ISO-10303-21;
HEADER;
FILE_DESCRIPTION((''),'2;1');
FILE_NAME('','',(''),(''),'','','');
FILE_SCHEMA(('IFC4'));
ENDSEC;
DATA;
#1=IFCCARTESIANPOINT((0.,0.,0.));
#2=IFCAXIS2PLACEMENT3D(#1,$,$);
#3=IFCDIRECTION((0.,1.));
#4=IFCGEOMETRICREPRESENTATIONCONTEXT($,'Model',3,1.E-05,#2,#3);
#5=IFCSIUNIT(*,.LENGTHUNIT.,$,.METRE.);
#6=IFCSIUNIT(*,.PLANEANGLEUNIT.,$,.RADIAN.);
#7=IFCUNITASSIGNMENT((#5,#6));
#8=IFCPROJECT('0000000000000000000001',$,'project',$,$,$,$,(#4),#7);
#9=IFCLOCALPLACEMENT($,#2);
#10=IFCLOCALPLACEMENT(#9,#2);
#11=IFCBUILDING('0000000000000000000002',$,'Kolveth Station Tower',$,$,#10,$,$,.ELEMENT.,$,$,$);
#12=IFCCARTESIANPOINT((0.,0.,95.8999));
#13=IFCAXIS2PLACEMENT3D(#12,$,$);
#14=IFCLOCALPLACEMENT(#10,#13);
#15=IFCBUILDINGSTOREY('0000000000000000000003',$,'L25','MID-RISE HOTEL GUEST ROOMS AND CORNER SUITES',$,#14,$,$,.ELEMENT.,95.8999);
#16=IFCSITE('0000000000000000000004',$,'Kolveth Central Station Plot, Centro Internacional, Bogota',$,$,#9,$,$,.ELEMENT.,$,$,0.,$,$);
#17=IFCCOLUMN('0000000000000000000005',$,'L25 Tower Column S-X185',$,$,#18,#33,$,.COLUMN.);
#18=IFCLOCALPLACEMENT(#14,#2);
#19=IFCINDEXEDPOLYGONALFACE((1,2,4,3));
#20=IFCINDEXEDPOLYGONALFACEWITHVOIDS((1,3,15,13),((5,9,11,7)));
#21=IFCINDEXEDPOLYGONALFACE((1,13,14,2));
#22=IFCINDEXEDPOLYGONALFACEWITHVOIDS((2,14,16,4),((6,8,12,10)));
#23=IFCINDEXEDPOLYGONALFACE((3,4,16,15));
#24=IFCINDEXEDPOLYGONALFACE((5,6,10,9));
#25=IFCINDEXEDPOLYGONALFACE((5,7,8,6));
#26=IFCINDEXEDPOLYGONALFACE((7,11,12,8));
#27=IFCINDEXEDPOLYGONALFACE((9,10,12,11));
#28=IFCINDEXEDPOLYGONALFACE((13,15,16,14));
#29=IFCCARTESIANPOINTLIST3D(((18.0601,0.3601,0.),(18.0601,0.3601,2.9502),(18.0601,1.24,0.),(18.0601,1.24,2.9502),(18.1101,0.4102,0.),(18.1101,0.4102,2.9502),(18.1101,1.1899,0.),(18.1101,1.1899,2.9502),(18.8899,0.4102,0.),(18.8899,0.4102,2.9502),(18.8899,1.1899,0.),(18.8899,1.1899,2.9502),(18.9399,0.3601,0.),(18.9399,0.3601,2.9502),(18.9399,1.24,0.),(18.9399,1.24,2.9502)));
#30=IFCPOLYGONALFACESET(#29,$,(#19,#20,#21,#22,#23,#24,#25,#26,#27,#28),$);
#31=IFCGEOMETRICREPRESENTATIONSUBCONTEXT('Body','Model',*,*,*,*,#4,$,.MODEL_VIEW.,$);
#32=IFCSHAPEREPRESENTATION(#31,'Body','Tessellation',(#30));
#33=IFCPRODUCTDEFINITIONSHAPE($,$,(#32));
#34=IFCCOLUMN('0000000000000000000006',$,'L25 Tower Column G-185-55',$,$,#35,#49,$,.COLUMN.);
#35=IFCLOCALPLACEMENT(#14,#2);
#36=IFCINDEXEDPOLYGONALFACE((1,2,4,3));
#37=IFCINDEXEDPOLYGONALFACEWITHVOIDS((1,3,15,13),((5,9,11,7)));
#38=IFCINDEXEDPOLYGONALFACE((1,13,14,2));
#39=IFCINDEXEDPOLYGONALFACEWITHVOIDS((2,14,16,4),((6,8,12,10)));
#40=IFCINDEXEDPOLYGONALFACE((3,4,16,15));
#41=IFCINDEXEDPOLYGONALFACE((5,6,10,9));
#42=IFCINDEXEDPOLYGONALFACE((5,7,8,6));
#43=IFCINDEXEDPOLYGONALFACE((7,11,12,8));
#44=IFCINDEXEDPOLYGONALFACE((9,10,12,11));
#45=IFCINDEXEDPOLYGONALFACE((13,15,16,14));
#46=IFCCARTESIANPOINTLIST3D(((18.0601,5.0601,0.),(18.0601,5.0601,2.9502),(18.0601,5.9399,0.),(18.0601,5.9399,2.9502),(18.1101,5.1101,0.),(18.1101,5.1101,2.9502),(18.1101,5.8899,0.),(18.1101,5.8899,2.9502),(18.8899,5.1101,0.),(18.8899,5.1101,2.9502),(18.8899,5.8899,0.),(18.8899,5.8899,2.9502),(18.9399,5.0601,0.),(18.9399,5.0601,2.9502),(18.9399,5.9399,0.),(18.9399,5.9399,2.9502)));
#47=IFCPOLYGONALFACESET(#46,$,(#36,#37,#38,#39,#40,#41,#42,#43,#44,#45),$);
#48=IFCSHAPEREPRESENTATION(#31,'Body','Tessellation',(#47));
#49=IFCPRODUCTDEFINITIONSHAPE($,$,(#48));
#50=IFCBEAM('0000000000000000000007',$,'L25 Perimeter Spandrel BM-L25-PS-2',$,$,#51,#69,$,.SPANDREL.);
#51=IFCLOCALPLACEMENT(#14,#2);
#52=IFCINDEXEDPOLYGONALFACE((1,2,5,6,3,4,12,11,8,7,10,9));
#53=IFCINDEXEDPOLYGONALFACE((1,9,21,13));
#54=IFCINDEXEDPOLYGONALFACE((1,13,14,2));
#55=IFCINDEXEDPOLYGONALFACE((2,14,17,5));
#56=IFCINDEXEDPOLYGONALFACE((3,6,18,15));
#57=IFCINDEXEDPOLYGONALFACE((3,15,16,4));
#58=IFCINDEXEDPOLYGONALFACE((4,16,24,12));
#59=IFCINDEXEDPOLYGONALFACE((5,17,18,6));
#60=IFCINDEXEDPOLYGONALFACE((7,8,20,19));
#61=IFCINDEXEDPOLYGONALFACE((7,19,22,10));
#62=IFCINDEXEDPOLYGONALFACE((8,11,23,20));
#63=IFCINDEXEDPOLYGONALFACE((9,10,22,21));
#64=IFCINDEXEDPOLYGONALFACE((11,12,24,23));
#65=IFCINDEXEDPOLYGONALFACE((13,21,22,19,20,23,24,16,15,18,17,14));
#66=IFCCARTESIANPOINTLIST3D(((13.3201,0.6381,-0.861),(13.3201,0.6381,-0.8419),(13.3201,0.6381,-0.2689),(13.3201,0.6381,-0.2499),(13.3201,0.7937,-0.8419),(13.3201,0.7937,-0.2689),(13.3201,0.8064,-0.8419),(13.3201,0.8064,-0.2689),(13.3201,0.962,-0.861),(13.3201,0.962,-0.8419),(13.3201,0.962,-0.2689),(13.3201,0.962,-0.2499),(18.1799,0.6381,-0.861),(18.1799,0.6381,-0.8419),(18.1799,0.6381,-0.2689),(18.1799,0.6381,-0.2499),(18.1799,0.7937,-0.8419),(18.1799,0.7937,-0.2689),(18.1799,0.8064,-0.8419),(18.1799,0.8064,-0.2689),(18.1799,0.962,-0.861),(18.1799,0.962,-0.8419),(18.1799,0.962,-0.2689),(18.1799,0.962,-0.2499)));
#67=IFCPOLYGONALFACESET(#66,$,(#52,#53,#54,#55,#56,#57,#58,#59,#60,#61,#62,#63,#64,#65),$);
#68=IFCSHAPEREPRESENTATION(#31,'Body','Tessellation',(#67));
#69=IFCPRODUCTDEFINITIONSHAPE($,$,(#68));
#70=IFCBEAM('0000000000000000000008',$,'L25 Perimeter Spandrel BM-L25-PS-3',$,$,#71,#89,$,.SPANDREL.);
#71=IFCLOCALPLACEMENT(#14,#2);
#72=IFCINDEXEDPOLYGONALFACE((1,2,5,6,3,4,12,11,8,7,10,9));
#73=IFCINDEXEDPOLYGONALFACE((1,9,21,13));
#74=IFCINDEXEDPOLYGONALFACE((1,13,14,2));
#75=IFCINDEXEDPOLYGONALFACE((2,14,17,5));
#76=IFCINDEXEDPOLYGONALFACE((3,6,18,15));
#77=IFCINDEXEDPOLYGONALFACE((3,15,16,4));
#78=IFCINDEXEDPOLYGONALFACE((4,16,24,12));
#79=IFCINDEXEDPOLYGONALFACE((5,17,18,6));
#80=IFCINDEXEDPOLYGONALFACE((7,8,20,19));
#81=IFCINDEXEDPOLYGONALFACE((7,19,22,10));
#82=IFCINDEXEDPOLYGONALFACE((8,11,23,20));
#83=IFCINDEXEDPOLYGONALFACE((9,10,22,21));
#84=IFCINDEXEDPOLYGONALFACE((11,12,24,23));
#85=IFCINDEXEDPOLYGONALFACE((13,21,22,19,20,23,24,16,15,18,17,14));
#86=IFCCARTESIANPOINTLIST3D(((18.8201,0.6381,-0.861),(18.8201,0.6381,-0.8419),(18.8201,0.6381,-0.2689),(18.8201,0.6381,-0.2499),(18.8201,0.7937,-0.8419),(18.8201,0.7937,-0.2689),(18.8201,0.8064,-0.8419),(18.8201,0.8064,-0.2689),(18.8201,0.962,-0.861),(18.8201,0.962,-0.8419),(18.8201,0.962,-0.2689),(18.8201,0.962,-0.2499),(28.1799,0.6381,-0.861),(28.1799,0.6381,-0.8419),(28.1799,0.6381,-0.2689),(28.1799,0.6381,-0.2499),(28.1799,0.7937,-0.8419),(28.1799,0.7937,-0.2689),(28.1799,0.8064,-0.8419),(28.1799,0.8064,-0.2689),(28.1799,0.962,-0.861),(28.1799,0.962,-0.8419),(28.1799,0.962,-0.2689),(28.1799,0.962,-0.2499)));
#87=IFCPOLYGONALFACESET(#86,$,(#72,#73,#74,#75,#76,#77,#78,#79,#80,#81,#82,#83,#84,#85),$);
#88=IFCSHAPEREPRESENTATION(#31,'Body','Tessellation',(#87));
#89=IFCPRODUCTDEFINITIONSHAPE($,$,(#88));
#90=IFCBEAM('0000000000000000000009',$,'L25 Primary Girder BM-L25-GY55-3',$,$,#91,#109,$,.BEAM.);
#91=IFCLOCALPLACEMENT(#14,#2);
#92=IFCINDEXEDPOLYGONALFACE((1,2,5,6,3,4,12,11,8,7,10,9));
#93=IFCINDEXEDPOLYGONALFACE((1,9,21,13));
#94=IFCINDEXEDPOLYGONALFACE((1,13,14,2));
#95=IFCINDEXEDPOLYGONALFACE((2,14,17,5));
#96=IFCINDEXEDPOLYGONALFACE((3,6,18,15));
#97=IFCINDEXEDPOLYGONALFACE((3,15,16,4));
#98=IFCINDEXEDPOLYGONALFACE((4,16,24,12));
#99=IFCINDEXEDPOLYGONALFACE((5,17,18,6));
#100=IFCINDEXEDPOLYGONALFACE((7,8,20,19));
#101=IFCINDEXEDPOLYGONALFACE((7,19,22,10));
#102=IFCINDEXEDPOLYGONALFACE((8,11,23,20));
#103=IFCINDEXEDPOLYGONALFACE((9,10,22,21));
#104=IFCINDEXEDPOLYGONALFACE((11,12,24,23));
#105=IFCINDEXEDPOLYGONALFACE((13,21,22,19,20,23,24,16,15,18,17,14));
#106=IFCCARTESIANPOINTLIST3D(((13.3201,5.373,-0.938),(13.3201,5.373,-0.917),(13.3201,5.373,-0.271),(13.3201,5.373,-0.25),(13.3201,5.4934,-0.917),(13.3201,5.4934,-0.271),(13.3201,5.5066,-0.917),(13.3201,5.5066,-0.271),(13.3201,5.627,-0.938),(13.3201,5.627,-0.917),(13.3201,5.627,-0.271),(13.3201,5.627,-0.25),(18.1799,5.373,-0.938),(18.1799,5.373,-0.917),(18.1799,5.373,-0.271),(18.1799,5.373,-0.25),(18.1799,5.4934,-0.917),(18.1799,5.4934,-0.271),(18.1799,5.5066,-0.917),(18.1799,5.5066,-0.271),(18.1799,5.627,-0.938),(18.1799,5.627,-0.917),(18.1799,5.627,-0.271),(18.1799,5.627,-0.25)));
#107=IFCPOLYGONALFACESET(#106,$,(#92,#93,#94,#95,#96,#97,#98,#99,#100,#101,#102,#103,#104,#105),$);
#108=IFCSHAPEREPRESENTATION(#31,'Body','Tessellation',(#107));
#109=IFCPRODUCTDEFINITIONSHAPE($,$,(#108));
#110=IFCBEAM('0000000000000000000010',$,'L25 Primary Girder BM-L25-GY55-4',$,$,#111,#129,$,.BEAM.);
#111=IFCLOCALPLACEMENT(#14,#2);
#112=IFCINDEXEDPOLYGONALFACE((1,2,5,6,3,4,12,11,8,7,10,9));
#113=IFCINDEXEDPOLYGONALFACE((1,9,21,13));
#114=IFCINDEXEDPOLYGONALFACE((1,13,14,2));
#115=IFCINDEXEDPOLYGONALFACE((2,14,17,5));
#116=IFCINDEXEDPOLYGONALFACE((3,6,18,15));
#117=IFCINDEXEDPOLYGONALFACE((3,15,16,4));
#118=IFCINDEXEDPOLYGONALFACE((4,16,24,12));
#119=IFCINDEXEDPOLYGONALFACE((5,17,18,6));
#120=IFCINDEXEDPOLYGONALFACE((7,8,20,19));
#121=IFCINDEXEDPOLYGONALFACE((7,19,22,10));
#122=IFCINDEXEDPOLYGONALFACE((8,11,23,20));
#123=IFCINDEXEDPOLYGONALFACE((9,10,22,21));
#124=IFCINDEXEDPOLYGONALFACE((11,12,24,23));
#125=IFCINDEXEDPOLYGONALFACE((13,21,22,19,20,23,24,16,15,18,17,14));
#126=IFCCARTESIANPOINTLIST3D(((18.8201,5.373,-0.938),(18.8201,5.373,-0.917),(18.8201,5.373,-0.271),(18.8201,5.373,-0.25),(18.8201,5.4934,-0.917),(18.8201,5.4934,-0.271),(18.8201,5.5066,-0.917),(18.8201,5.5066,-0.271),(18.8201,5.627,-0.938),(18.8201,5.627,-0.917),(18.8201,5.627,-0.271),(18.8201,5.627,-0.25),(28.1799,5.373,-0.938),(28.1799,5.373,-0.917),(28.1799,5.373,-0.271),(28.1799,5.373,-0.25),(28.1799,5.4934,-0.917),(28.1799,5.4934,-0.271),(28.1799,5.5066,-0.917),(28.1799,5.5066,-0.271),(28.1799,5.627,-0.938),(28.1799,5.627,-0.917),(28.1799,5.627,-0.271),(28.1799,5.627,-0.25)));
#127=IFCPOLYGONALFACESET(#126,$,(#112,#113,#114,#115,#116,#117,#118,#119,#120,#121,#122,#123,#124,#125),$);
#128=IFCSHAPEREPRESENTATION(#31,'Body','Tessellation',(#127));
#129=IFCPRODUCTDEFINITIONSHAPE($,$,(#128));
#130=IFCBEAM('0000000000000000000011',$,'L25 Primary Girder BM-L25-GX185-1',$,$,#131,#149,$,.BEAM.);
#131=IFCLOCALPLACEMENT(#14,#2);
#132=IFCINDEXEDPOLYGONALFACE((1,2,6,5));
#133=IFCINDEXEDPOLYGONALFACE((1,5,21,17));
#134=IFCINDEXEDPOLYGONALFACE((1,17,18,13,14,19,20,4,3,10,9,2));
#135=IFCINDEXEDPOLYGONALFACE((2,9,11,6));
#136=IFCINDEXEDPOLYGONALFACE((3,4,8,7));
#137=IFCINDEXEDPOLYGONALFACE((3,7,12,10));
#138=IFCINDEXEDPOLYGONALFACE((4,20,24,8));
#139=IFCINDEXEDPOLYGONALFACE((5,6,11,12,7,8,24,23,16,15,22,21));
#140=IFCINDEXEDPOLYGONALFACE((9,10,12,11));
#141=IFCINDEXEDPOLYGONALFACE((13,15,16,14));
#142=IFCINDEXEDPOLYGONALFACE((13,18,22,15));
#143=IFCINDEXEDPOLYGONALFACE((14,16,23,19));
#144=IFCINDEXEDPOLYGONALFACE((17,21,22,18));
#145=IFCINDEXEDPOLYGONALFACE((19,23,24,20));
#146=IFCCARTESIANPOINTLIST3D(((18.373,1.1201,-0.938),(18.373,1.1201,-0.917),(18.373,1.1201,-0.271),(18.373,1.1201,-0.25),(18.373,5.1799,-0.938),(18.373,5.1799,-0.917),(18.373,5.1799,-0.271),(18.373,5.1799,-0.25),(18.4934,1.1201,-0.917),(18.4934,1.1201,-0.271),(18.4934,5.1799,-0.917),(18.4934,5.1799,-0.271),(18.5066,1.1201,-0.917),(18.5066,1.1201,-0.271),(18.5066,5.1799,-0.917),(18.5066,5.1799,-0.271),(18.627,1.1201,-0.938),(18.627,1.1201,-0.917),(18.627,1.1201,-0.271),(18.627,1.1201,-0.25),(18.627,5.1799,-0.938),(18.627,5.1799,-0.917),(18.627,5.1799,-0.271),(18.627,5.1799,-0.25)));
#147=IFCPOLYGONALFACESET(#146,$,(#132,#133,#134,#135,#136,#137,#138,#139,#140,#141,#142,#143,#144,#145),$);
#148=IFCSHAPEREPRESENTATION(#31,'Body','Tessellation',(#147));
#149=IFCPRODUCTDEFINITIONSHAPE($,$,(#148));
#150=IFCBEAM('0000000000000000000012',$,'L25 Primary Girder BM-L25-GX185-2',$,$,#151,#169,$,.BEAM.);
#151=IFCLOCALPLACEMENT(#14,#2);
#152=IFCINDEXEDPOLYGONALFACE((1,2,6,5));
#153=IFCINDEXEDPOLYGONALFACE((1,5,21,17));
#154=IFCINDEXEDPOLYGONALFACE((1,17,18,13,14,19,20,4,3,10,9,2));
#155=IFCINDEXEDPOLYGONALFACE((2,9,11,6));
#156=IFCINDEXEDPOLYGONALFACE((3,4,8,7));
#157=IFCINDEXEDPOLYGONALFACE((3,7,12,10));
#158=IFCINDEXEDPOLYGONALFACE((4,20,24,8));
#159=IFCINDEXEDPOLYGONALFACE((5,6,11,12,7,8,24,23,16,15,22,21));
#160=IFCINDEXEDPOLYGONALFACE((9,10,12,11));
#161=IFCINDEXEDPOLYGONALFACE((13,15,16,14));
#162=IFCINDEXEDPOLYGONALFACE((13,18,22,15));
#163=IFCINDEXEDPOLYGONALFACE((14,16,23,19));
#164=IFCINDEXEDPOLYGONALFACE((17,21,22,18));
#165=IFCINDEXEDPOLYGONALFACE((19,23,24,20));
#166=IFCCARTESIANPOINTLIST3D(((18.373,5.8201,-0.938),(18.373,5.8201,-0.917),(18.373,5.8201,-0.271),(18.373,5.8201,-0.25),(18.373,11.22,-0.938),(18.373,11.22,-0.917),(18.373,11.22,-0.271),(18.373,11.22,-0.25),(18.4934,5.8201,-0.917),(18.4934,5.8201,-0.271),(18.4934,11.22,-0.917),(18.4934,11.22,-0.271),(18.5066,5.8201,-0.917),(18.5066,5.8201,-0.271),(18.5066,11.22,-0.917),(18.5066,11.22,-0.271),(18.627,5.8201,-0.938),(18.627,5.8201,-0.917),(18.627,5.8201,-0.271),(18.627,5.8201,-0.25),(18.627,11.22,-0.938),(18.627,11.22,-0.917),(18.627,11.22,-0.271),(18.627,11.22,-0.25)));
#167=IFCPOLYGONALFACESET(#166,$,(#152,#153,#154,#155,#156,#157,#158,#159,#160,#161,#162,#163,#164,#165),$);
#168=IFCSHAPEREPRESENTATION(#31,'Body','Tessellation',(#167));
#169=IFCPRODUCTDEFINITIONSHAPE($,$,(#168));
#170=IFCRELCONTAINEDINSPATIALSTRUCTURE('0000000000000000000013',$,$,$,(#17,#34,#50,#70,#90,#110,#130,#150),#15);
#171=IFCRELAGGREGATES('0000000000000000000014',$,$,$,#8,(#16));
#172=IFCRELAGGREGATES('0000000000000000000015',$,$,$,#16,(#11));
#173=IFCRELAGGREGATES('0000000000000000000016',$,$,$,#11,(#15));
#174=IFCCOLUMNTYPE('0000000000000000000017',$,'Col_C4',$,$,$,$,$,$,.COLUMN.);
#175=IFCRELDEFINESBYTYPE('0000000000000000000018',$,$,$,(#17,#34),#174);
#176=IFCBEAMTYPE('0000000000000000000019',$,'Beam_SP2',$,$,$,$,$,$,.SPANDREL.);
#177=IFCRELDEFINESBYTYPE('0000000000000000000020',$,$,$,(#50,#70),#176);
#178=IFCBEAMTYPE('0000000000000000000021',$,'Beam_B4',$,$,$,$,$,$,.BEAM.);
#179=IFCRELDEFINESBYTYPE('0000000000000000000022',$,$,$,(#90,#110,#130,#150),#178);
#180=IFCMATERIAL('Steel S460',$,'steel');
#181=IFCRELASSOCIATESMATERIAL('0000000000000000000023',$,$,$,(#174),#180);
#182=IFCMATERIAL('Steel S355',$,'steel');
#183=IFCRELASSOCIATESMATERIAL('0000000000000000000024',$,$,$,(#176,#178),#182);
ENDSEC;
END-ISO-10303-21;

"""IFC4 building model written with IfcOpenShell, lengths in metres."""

from ifc_helpers import new_model, si_unit, direction, frame, origin, origin_2d, place, context, subcontext, project, spatial, hollow_rectangle, i_section, extrude, source, transform, mapped, material, material_profile, profile_set, type_object, element, save


model = new_model("IFC4")

# Units and contexts
model_context = context("Model", 3, precision=1e-05, world=origin(), true_north=direction((0.0, 1.0)))
body_context = subcontext(model_context, "Body", "Model", "MODEL_VIEW")
ifc_project = project(units=[si_unit("LENGTHUNIT", "METRE"), si_unit("PLANEANGLEUNIT", "RADIAN")], contexts=[model_context])

# Site, building, storey
site_placement = place(None, origin())
site = spatial("IfcSite", under=ifc_project, at=site_placement, Name="Kolveth Central Station Plot, Centro Internacional, Bogota", CompositionType="ELEMENT", RefElevation=0.0)
building_placement = place(site_placement, origin())
building = spatial("IfcBuilding", under=site, at=building_placement, Name="Kolveth Station Tower", CompositionType="ELEMENT")
storey_placement = place(building_placement, frame((0.0, 0.0, 95.8999)))
storey = spatial("IfcBuildingStorey", under=building, at=storey_placement, Name="L25", Description="MID-RISE HOTEL GUEST ROOMS AND CORNER SUITES", CompositionType="ELEMENT", Elevation=95.8999)

# Columns
ifc_material_1 = material(Name="Steel S460", Category="steel")
ifc_material_profile_1 = material_profile(ifc_material_1, hollow_rectangle(XDim=0.8799, YDim=0.8799, WallThickness=0.05, at=origin_2d()), Name="BOX880x880x50")
ifc_profile_set_1 = profile_set([ifc_material_profile_1], Name="Steel S460")
column_type = type_object("IfcColumnType", Name="Col_C4", PredefinedType="COLUMN", material=ifc_profile_set_1)
shared_shape_1 = source(origin(), body_context, "Body", "SweptSolid", [
    extrude(hollow_rectangle(XDim=0.8799, YDim=0.8799, WallThickness=0.05, at=origin_2d()), origin(), (0.0, 0.0, 1.0), 2.9502),
])
for number, where, z_axis, x_axis, name in (
    (1, (18.5, 0.8, 0.0), (0.0, 0.0, 1.0), (1.0, 0.0, 0.0), "L25 Tower Column S-X185"),
    (2, (18.5, 5.5, 0.0), (0.0, 0.0, 1.0), (1.0, 0.0, 0.0), "L25 Tower Column G-185-55"),
):
    element("IfcColumn", number, at=place(storey_placement, frame(where, z_axis=z_axis, x_axis=x_axis)), inside=storey, type_object=column_type, Name=name, PredefinedType="COLUMN", context=body_context, shape_type="MappedRepresentation", body=[
        mapped(shared_shape_1, transform((0.0, 0.0, 0.0), x_axis=(1.0, 0.0, 0.0), y_axis=(0.0, 1.0, 0.0), z_axis=(0.0, 0.0, 1.0), scale=1.0)),
    ])

# Beams
ifc_material_2 = material(Name="Steel S355", Category="steel")
ifc_material_profile_2 = material_profile(ifc_material_2, i_section(OverallWidth=0.324, OverallDepth=0.6111, WebThickness=0.0127, FlangeThickness=0.019, at=origin_2d()), Name="W610x155")
ifc_profile_set_2 = profile_set([ifc_material_profile_2], Name="Steel S355")
beam_type_1 = type_object("IfcBeamType", Name="Beam_SP2", PredefinedType="SPANDREL", material=ifc_profile_set_2)
shared_shape_2 = source(origin(), body_context, "Body", "SweptSolid", [
    extrude(i_section(OverallWidth=0.324, OverallDepth=0.6111, WebThickness=0.0127, FlangeThickness=0.019, at=origin_2d()), origin(), (0.0, 0.0, 1.0), 4.8599),
])
beam_1_placement = place(storey_placement, frame((13.3201, 0.8, -0.5554), z_axis=(1.0, 0.0, 0.0), x_axis=(0.0, 1.0, 0.0)))
element("IfcBeam", 3, at=beam_1_placement, inside=storey, type_object=beam_type_1, Name="L25 Perimeter Spandrel BM-L25-PS-2", PredefinedType="SPANDREL", context=body_context, shape_type="MappedRepresentation", body=[
    mapped(shared_shape_2, transform((0.0, 0.0, 0.0), x_axis=(1.0, 0.0, 0.0), y_axis=(0.0, 1.0, 0.0), z_axis=(0.0, 0.0, 1.0), scale=1.0)),
])
shared_shape_3 = source(origin(), body_context, "Body", "SweptSolid", [
    extrude(i_section(OverallWidth=0.324, OverallDepth=0.6111, WebThickness=0.0127, FlangeThickness=0.019, at=origin_2d()), origin(), (0.0, 0.0, 1.0), 9.3599),
])
beam_2_placement = place(storey_placement, frame((18.8201, 0.8, -0.5554), z_axis=(1.0, 0.0, 0.0), x_axis=(0.0, 1.0, 0.0)))
element("IfcBeam", 4, at=beam_2_placement, inside=storey, type_object=beam_type_1, Name="L25 Perimeter Spandrel BM-L25-PS-3", PredefinedType="SPANDREL", context=body_context, shape_type="MappedRepresentation", body=[
    mapped(shared_shape_3, transform((0.0, 0.0, 0.0), x_axis=(1.0, 0.0, 0.0), y_axis=(0.0, 1.0, 0.0), z_axis=(0.0, 0.0, 1.0), scale=1.0)),
])
ifc_material_profile_3 = material_profile(ifc_material_2, i_section(OverallWidth=0.2539, OverallDepth=0.688, WebThickness=0.0132, FlangeThickness=0.021, at=origin_2d()), Name="W690x152")
ifc_profile_set_3 = profile_set([ifc_material_profile_3], Name="Steel S355")
beam_type_2 = type_object("IfcBeamType", Name="Beam_B4", PredefinedType="BEAM", material=ifc_profile_set_3)
shared_shape_4 = source(origin(), body_context, "Body", "SweptSolid", [
    extrude(i_section(OverallWidth=0.2539, OverallDepth=0.688, WebThickness=0.0132, FlangeThickness=0.021, at=origin_2d()), origin(), (0.0, 0.0, 1.0), 4.8599),
])
beam_3_placement = place(storey_placement, frame((13.3201, 5.5, -0.594), z_axis=(1.0, 0.0, 0.0), x_axis=(0.0, 1.0, 0.0)))
element("IfcBeam", 5, at=beam_3_placement, inside=storey, type_object=beam_type_2, Name="L25 Primary Girder BM-L25-GY55-3", PredefinedType="BEAM", context=body_context, shape_type="MappedRepresentation", body=[
    mapped(shared_shape_4, transform((0.0, 0.0, 0.0), x_axis=(1.0, 0.0, 0.0), y_axis=(0.0, 1.0, 0.0), z_axis=(0.0, 0.0, 1.0), scale=1.0)),
])
shared_shape_5 = source(origin(), body_context, "Body", "SweptSolid", [
    extrude(i_section(OverallWidth=0.2539, OverallDepth=0.688, WebThickness=0.0132, FlangeThickness=0.021, at=origin_2d()), origin(), (0.0, 0.0, 1.0), 9.3599),
])
beam_4_placement = place(storey_placement, frame((18.8201, 5.5, -0.594), z_axis=(1.0, 0.0, 0.0), x_axis=(0.0, 1.0, 0.0)))
element("IfcBeam", 6, at=beam_4_placement, inside=storey, type_object=beam_type_2, Name="L25 Primary Girder BM-L25-GY55-4", PredefinedType="BEAM", context=body_context, shape_type="MappedRepresentation", body=[
    mapped(shared_shape_5, transform((0.0, 0.0, 0.0), x_axis=(1.0, 0.0, 0.0), y_axis=(0.0, 1.0, 0.0), z_axis=(0.0, 0.0, 1.0), scale=1.0)),
])
shared_shape_6 = source(origin(), body_context, "Body", "SweptSolid", [
    extrude(i_section(OverallWidth=0.2539, OverallDepth=0.688, WebThickness=0.0132, FlangeThickness=0.021, at=origin_2d()), origin(), (0.0, 0.0, 1.0), 4.0598),
])
beam_5_placement = place(storey_placement, frame((18.5, 1.1201, -0.594), z_axis=(0.0, 1.0, 0.0), x_axis=(-1.0, 0.0, 0.0)))
element("IfcBeam", 7, at=beam_5_placement, inside=storey, type_object=beam_type_2, Name="L25 Primary Girder BM-L25-GX185-1", PredefinedType="BEAM", context=body_context, shape_type="MappedRepresentation", body=[
    mapped(shared_shape_6, transform((0.0, 0.0, 0.0), x_axis=(1.0, 0.0, 0.0), y_axis=(0.0, 1.0, 0.0), z_axis=(0.0, 0.0, 1.0), scale=1.0)),
])
shared_shape_7 = source(origin(), body_context, "Body", "SweptSolid", [
    extrude(i_section(OverallWidth=0.2539, OverallDepth=0.688, WebThickness=0.0132, FlangeThickness=0.021, at=origin_2d()), origin(), (0.0, 0.0, 1.0), 5.3999),
])
beam_6_placement = place(storey_placement, frame((18.5, 5.8201, -0.594), z_axis=(0.0, 1.0, 0.0), x_axis=(-1.0, 0.0, 0.0)))
element("IfcBeam", 8, at=beam_6_placement, inside=storey, type_object=beam_type_2, Name="L25 Primary Girder BM-L25-GX185-2", PredefinedType="BEAM", context=body_context, shape_type="MappedRepresentation", body=[
    mapped(shared_shape_7, transform((0.0, 0.0, 0.0), x_axis=(1.0, 0.0, 0.0), y_axis=(0.0, 1.0, 0.0), z_axis=(0.0, 0.0, 1.0), scale=1.0)),
])

save(model, "model.ifc")
